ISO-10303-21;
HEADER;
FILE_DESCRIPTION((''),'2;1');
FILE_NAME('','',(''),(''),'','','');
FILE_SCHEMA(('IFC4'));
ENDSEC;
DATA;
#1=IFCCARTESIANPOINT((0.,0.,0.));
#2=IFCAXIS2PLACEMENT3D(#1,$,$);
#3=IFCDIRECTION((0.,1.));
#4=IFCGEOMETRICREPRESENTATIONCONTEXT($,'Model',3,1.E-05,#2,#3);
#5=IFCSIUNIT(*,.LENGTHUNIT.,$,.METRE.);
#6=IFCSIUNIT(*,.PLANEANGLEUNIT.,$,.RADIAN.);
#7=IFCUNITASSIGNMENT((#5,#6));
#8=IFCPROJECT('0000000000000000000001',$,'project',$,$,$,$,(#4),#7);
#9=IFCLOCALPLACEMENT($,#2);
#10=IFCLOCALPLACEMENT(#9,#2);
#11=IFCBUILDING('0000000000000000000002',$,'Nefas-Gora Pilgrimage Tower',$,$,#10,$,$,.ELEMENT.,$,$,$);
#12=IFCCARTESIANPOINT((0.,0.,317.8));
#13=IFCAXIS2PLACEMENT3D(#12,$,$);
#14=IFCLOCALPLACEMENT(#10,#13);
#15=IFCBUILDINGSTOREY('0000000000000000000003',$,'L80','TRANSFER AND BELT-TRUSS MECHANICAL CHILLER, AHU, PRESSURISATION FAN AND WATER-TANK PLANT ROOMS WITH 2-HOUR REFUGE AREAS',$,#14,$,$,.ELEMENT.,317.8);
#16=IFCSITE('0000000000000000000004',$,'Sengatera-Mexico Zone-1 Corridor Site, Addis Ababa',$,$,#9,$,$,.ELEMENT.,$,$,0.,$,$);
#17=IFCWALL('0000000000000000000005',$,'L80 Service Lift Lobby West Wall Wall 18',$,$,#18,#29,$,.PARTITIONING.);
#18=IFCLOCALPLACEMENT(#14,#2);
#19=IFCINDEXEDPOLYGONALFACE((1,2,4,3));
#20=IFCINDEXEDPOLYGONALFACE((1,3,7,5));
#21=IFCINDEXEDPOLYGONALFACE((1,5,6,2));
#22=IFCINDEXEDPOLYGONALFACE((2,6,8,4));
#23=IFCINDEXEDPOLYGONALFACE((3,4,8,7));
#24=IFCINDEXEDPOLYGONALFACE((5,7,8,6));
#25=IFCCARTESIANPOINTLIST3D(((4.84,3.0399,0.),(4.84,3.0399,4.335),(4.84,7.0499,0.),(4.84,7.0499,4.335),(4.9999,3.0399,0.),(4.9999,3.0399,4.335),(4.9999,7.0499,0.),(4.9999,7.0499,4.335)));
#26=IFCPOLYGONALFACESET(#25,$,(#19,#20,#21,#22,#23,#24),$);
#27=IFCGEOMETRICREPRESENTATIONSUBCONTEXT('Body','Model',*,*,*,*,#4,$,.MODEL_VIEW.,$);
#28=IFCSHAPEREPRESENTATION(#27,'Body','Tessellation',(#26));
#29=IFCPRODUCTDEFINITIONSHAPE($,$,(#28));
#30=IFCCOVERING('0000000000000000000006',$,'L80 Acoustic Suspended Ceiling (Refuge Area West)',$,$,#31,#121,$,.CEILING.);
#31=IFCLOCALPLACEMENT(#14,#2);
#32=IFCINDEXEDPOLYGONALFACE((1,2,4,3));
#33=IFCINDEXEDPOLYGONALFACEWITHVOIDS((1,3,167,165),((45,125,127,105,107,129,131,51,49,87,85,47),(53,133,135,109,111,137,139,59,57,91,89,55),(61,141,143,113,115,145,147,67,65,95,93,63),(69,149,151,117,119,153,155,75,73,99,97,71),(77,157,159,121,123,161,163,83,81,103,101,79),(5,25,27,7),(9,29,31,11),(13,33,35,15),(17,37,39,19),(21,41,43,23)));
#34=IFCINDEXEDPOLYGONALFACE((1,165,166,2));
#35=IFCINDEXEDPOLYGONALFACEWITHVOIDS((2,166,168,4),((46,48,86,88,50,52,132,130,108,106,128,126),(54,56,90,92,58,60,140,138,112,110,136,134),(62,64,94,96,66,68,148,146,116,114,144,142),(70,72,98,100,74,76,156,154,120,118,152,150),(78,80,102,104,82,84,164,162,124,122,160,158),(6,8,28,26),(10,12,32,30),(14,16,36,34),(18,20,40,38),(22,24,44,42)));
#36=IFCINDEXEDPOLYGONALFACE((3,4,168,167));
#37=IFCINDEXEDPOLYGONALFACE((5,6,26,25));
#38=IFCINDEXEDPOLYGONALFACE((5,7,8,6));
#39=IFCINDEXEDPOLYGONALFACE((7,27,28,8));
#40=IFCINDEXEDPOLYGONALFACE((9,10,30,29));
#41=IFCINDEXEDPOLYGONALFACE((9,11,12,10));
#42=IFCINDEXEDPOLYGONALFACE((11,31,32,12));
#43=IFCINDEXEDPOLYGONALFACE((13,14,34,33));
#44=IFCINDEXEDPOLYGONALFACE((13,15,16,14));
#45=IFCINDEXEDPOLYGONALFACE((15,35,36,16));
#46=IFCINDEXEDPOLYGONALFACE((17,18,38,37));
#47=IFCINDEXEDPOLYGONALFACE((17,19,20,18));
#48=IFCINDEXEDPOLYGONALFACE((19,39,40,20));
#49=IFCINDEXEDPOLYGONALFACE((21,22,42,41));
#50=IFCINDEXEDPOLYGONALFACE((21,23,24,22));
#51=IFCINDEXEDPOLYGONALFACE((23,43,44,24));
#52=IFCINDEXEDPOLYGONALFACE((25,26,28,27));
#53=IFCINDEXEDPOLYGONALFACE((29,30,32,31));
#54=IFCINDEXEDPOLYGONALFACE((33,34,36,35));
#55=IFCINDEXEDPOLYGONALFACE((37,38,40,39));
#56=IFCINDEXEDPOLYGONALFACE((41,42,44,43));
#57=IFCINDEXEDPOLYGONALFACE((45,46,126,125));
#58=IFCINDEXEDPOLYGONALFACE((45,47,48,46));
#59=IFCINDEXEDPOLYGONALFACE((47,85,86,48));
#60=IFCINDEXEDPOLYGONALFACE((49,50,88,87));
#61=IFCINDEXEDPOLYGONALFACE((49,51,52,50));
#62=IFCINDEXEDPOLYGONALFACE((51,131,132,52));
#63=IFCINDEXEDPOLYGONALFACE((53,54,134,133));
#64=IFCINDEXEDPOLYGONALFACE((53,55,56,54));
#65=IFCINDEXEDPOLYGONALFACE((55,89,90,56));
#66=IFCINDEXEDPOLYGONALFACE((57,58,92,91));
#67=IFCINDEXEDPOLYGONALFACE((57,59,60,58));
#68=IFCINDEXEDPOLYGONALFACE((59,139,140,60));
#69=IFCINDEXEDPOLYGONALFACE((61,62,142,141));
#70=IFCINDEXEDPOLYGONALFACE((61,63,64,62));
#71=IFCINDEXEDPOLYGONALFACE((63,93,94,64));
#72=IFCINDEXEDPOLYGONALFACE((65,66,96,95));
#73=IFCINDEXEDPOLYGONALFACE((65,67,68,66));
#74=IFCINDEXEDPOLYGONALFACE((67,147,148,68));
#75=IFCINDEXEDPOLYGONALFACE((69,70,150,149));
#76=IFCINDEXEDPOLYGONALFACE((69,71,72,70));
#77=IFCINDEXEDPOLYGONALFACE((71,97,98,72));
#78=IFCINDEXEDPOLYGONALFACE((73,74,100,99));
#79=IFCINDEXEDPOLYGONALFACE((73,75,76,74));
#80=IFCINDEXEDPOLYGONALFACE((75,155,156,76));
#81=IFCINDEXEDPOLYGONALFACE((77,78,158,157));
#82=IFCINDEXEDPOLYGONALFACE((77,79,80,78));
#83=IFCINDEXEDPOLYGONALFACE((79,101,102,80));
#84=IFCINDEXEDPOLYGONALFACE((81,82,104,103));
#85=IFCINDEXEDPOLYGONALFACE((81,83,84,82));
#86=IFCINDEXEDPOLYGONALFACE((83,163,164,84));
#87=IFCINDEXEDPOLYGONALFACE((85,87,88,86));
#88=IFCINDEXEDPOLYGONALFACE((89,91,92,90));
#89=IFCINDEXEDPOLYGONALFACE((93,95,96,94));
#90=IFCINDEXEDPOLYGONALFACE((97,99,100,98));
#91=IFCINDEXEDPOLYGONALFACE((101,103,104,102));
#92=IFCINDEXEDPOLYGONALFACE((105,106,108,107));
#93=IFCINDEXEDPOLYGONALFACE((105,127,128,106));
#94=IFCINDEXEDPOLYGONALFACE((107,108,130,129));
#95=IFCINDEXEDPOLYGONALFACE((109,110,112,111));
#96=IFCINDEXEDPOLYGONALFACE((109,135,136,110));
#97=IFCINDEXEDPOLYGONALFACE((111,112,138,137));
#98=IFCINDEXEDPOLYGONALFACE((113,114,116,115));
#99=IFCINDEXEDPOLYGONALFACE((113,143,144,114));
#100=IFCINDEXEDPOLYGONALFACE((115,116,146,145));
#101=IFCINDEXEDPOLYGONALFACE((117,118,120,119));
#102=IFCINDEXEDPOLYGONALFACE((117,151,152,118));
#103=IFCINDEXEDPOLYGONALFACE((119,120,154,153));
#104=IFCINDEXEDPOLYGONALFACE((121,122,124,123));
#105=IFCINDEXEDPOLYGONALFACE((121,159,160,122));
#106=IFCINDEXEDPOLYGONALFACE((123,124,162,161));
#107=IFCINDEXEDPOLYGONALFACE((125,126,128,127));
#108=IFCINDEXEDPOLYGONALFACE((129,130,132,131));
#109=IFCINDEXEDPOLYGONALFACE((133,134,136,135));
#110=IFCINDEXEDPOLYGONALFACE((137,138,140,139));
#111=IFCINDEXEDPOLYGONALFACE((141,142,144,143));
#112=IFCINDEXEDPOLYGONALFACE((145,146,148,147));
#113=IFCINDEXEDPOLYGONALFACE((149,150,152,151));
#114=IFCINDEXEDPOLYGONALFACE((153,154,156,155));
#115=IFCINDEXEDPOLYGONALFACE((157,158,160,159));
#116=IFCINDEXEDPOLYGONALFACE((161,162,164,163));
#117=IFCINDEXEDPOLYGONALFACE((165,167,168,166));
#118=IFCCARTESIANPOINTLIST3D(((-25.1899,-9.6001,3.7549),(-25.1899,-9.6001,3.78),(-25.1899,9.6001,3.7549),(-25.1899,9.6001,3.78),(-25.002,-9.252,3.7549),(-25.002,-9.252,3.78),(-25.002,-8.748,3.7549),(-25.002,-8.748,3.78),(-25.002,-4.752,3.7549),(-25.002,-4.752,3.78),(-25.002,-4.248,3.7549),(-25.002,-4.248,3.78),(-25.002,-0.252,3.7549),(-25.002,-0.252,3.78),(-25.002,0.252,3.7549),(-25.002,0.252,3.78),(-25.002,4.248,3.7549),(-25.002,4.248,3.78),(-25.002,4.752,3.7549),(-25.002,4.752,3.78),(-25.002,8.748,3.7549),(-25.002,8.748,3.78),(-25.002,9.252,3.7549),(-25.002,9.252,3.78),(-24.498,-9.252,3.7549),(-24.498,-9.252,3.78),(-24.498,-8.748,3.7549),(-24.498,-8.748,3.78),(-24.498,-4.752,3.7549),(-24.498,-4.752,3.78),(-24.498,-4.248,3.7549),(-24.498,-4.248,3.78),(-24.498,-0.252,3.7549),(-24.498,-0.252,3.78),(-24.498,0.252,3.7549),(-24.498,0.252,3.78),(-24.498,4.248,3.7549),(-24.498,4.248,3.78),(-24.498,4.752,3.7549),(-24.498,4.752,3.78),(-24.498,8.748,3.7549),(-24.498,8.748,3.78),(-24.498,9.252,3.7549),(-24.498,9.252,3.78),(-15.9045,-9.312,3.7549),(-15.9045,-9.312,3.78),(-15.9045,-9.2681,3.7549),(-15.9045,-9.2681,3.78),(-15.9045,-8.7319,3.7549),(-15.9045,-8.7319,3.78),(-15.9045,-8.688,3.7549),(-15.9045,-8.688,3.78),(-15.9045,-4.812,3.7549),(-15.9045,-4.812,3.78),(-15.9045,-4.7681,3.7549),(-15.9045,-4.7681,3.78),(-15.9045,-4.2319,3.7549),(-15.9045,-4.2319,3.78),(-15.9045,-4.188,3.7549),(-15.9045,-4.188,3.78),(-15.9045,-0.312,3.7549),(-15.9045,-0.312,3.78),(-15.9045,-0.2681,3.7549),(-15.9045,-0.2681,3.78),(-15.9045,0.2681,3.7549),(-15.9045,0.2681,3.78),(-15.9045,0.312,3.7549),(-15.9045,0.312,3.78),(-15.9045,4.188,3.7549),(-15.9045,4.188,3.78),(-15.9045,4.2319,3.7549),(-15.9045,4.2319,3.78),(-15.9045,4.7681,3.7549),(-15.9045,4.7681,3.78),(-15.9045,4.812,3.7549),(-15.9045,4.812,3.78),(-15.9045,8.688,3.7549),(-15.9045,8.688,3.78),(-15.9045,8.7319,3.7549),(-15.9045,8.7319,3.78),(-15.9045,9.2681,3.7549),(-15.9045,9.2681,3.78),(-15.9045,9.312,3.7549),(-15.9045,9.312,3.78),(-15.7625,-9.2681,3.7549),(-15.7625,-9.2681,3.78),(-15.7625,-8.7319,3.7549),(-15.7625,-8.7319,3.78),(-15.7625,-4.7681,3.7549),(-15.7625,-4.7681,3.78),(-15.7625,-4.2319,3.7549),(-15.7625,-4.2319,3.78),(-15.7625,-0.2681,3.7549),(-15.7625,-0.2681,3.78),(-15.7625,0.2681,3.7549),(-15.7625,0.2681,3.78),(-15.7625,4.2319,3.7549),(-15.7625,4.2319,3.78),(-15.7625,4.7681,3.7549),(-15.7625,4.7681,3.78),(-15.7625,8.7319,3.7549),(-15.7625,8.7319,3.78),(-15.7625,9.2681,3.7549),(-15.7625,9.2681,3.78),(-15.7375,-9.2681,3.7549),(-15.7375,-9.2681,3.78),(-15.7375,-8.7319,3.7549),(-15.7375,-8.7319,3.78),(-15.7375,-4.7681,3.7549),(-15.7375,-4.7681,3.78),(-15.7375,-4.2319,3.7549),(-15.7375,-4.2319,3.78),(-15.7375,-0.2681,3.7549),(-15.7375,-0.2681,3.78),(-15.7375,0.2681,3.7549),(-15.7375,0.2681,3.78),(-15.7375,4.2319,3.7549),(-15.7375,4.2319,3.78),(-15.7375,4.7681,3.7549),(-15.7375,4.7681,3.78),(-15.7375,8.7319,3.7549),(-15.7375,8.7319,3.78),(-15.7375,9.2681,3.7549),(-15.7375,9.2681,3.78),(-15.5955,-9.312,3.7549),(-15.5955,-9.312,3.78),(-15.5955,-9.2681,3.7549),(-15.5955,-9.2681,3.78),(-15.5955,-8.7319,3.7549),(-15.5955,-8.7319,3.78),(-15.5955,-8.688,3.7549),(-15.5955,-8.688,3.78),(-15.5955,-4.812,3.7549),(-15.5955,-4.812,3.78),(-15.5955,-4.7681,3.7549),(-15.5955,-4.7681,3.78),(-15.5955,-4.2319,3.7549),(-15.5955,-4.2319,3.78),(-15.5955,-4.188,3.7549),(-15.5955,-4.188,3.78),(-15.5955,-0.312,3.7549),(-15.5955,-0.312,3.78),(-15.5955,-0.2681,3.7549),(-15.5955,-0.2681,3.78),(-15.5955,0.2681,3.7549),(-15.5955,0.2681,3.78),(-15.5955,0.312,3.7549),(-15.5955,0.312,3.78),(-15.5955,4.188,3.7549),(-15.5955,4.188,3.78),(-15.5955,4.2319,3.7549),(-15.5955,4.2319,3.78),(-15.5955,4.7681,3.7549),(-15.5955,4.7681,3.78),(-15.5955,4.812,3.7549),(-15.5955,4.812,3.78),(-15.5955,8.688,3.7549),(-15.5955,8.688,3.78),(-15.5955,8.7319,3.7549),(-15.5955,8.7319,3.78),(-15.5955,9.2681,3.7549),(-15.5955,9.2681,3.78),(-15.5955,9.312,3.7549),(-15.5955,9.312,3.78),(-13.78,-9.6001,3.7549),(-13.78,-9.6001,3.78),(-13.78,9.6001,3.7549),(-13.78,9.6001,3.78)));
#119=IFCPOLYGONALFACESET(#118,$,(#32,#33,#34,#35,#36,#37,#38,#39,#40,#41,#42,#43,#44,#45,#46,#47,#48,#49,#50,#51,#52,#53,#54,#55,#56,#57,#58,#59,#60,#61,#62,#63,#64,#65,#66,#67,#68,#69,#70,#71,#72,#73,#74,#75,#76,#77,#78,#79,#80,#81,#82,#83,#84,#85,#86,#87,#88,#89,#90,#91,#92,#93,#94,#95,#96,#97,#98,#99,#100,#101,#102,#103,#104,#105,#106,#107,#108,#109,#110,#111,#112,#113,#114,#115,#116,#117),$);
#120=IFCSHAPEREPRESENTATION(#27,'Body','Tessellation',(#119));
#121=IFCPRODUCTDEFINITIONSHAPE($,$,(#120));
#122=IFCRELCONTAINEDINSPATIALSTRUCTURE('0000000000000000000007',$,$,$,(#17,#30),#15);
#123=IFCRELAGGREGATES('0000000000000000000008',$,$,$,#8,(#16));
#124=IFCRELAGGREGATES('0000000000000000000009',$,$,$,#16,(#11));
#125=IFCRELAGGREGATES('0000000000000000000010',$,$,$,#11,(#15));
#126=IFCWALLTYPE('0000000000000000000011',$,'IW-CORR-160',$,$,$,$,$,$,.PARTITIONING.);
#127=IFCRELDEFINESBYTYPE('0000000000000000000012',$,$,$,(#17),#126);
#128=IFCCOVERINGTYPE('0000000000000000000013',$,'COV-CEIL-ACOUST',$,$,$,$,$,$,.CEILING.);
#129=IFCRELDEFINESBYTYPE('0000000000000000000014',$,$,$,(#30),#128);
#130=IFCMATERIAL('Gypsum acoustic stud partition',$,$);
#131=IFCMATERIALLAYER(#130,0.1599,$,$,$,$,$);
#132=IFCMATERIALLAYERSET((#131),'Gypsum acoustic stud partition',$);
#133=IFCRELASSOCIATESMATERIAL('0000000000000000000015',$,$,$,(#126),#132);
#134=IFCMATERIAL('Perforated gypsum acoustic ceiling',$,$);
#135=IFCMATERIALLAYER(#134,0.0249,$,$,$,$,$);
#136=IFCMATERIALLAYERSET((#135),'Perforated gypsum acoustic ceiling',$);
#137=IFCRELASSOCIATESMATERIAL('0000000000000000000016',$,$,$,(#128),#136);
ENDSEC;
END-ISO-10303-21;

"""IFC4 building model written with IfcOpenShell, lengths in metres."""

from ifc_helpers import new_model, si_unit, direction, frame, frame_2d, origin, place, context, subcontext, project, spatial, polyline, rectangle, outline, extrude, source, transform, mapped, material, layer, layer_set, type_object, element, save


model = new_model("IFC4")

# Units and contexts
model_context = context("Model", 3, precision=1e-05, world=origin(), true_north=direction((0.0, 1.0)))
body_context = subcontext(model_context, "Body", "Model", "MODEL_VIEW")
ifc_project = project(units=[si_unit("LENGTHUNIT", "METRE"), si_unit("PLANEANGLEUNIT", "RADIAN")], contexts=[model_context])

# Site, building, storey
site_placement = place(None, origin())
site = spatial("IfcSite", under=ifc_project, at=site_placement, Name="Sengatera-Mexico Zone-1 Corridor Site, Addis Ababa", CompositionType="ELEMENT", RefElevation=0.0)
building_placement = place(site_placement, origin())
building = spatial("IfcBuilding", under=site, at=building_placement, Name="Nefas-Gora Pilgrimage Tower", CompositionType="ELEMENT")
storey_placement = place(building_placement, frame((0.0, 0.0, 317.8)))
storey = spatial("IfcBuildingStorey", under=building, at=storey_placement, Name="L80", Description="TRANSFER AND BELT-TRUSS MECHANICAL CHILLER, AHU, PRESSURISATION FAN AND WATER-TANK PLANT ROOMS WITH 2-HOUR REFUGE AREAS", CompositionType="ELEMENT", Elevation=317.8)

# Shared definitions
ifc_material_1 = material(Name="Gypsum acoustic stud partition")
ifc_layer_1 = layer(ifc_material_1, 0.1599)
ifc_layer_set_1 = layer_set([ifc_layer_1], Name="Gypsum acoustic stud partition")
wall_type_1 = type_object("IfcWallType", Name="IW-CORR-160", PredefinedType="PARTITIONING", material=ifc_layer_set_1)

# Wall
shared_shape_1 = source(origin(), body_context, "Body", "SweptSolid", [
    extrude(rectangle(XDim=4.01, YDim=0.1599, at=frame_2d((2.0049, 0.0))), origin(), (0.0, 0.0, 1.0), 4.335),
])
wall_1_placement = place(storey_placement, frame((4.9199, 3.04, 0.0), z_axis=(0.0, 0.0, 1.0), x_axis=(0.0, 1.0, 0.0)))
element("IfcWall", 1, at=wall_1_placement, inside=storey, type_object=wall_type_1, Name="L80 Service Lift Lobby West Wall Wall 18", PredefinedType="PARTITIONING", context=body_context, shape_type="MappedRepresentation", body=[
    mapped(shared_shape_1, transform((0.0, 0.0, 0.0), x_axis=(1.0, 0.0, 0.0), y_axis=(0.0, 1.0, 0.0), z_axis=(0.0, 0.0, 1.0), scale=1.0)),
])

# Covering
ifc_material_2 = material(Name="Perforated gypsum acoustic ceiling")
ifc_layer_2 = layer(ifc_material_2, 0.0249)
ifc_layer_set_2 = layer_set([ifc_layer_2], Name="Perforated gypsum acoustic ceiling")
covering_type = type_object("IfcCoveringType", Name="COV-CEIL-ACOUST", PredefinedType="CEILING", material=ifc_layer_set_2)
covering_1_placement = place(storey_placement, frame((0.0, 0.0, 3.7549)))
element("IfcCovering", 2, at=covering_1_placement, inside=storey, type_object=covering_type, Name="L80 Acoustic Suspended Ceiling (Refuge Area West)", PredefinedType="CEILING", context=body_context, shape_type="SweptSolid", body=[
    extrude(outline(polyline([(-25.1899, 9.6001), (-25.1899, -9.6001), (-13.78, -9.6001), (-13.78, 9.6001), (-25.1899, 9.6001)]), holes=[polyline([(-15.9045, -8.688), (-15.5955, -8.688), (-15.5955, -8.7319), (-15.7375, -8.7319), (-15.7375, -9.2681), (-15.5955, -9.2681), (-15.5955, -9.312), (-15.9045, -9.312), (-15.9045, -9.2681), (-15.7625, -9.2681), (-15.7625, -8.7319), (-15.9045, -8.7319), (-15.9045, -8.688)]), polyline([(-15.5955, -4.188), (-15.5955, -4.2319), (-15.7375, -4.2319), (-15.7375, -4.7681), (-15.5955, -4.7681), (-15.5955, -4.812), (-15.9045, -4.812), (-15.9045, -4.7681), (-15.7625, -4.7681), (-15.7625, -4.2319), (-15.9045, -4.2319), (-15.9045, -4.188), (-15.5955, -4.188)]), polyline([(-15.5955, 0.312), (-15.5955, 0.2681), (-15.7375, 0.2681), (-15.7375, -0.2681), (-15.5955, -0.2681), (-15.5955, -0.312), (-15.9045, -0.312), (-15.9045, -0.2681), (-15.7625, -0.2681), (-15.7625, 0.2681), (-15.9045, 0.2681), (-15.9045, 0.312), (-15.5955, 0.312)]), polyline([(-15.5955, 4.812), (-15.5955, 4.7681), (-15.7375, 4.7681), (-15.7375, 4.2319), (-15.5955, 4.2319), (-15.5955, 4.188), (-15.9045, 4.188), (-15.9045, 4.2319), (-15.7625, 4.2319), (-15.7625, 4.7681), (-15.9045, 4.7681), (-15.9045, 4.812), (-15.5955, 4.812)]), polyline([(-15.9045, 9.312), (-15.5955, 9.312), (-15.5955, 9.2681), (-15.7375, 9.2681), (-15.7375, 8.7319), (-15.5955, 8.7319), (-15.5955, 8.688), (-15.9045, 8.688), (-15.9045, 8.7319), (-15.7625, 8.7319), (-15.7625, 9.2681), (-15.9045, 9.2681), (-15.9045, 9.312)]), polyline([(-24.498, -8.748), (-24.498, -9.252), (-25.002, -9.252), (-25.002, -8.748), (-24.498, -8.748)]), polyline([(-25.002, -4.248), (-24.498, -4.248), (-24.498, -4.752), (-25.002, -4.752), (-25.002, -4.248)]), polyline([(-24.498, 0.252), (-24.498, -0.252), (-25.002, -0.252), (-25.002, 0.252), (-24.498, 0.252)]), polyline([(-24.498, 4.752), (-24.498, 4.248), (-25.002, 4.248), (-25.002, 4.752), (-24.498, 4.752)]), polyline([(-24.498, 9.252), (-24.498, 8.748), (-25.002, 8.748), (-25.002, 9.252), (-24.498, 9.252)])]), origin(), (0.0, 0.0, 1.0), 0.0251),
])

save(model, "model.ifc")
